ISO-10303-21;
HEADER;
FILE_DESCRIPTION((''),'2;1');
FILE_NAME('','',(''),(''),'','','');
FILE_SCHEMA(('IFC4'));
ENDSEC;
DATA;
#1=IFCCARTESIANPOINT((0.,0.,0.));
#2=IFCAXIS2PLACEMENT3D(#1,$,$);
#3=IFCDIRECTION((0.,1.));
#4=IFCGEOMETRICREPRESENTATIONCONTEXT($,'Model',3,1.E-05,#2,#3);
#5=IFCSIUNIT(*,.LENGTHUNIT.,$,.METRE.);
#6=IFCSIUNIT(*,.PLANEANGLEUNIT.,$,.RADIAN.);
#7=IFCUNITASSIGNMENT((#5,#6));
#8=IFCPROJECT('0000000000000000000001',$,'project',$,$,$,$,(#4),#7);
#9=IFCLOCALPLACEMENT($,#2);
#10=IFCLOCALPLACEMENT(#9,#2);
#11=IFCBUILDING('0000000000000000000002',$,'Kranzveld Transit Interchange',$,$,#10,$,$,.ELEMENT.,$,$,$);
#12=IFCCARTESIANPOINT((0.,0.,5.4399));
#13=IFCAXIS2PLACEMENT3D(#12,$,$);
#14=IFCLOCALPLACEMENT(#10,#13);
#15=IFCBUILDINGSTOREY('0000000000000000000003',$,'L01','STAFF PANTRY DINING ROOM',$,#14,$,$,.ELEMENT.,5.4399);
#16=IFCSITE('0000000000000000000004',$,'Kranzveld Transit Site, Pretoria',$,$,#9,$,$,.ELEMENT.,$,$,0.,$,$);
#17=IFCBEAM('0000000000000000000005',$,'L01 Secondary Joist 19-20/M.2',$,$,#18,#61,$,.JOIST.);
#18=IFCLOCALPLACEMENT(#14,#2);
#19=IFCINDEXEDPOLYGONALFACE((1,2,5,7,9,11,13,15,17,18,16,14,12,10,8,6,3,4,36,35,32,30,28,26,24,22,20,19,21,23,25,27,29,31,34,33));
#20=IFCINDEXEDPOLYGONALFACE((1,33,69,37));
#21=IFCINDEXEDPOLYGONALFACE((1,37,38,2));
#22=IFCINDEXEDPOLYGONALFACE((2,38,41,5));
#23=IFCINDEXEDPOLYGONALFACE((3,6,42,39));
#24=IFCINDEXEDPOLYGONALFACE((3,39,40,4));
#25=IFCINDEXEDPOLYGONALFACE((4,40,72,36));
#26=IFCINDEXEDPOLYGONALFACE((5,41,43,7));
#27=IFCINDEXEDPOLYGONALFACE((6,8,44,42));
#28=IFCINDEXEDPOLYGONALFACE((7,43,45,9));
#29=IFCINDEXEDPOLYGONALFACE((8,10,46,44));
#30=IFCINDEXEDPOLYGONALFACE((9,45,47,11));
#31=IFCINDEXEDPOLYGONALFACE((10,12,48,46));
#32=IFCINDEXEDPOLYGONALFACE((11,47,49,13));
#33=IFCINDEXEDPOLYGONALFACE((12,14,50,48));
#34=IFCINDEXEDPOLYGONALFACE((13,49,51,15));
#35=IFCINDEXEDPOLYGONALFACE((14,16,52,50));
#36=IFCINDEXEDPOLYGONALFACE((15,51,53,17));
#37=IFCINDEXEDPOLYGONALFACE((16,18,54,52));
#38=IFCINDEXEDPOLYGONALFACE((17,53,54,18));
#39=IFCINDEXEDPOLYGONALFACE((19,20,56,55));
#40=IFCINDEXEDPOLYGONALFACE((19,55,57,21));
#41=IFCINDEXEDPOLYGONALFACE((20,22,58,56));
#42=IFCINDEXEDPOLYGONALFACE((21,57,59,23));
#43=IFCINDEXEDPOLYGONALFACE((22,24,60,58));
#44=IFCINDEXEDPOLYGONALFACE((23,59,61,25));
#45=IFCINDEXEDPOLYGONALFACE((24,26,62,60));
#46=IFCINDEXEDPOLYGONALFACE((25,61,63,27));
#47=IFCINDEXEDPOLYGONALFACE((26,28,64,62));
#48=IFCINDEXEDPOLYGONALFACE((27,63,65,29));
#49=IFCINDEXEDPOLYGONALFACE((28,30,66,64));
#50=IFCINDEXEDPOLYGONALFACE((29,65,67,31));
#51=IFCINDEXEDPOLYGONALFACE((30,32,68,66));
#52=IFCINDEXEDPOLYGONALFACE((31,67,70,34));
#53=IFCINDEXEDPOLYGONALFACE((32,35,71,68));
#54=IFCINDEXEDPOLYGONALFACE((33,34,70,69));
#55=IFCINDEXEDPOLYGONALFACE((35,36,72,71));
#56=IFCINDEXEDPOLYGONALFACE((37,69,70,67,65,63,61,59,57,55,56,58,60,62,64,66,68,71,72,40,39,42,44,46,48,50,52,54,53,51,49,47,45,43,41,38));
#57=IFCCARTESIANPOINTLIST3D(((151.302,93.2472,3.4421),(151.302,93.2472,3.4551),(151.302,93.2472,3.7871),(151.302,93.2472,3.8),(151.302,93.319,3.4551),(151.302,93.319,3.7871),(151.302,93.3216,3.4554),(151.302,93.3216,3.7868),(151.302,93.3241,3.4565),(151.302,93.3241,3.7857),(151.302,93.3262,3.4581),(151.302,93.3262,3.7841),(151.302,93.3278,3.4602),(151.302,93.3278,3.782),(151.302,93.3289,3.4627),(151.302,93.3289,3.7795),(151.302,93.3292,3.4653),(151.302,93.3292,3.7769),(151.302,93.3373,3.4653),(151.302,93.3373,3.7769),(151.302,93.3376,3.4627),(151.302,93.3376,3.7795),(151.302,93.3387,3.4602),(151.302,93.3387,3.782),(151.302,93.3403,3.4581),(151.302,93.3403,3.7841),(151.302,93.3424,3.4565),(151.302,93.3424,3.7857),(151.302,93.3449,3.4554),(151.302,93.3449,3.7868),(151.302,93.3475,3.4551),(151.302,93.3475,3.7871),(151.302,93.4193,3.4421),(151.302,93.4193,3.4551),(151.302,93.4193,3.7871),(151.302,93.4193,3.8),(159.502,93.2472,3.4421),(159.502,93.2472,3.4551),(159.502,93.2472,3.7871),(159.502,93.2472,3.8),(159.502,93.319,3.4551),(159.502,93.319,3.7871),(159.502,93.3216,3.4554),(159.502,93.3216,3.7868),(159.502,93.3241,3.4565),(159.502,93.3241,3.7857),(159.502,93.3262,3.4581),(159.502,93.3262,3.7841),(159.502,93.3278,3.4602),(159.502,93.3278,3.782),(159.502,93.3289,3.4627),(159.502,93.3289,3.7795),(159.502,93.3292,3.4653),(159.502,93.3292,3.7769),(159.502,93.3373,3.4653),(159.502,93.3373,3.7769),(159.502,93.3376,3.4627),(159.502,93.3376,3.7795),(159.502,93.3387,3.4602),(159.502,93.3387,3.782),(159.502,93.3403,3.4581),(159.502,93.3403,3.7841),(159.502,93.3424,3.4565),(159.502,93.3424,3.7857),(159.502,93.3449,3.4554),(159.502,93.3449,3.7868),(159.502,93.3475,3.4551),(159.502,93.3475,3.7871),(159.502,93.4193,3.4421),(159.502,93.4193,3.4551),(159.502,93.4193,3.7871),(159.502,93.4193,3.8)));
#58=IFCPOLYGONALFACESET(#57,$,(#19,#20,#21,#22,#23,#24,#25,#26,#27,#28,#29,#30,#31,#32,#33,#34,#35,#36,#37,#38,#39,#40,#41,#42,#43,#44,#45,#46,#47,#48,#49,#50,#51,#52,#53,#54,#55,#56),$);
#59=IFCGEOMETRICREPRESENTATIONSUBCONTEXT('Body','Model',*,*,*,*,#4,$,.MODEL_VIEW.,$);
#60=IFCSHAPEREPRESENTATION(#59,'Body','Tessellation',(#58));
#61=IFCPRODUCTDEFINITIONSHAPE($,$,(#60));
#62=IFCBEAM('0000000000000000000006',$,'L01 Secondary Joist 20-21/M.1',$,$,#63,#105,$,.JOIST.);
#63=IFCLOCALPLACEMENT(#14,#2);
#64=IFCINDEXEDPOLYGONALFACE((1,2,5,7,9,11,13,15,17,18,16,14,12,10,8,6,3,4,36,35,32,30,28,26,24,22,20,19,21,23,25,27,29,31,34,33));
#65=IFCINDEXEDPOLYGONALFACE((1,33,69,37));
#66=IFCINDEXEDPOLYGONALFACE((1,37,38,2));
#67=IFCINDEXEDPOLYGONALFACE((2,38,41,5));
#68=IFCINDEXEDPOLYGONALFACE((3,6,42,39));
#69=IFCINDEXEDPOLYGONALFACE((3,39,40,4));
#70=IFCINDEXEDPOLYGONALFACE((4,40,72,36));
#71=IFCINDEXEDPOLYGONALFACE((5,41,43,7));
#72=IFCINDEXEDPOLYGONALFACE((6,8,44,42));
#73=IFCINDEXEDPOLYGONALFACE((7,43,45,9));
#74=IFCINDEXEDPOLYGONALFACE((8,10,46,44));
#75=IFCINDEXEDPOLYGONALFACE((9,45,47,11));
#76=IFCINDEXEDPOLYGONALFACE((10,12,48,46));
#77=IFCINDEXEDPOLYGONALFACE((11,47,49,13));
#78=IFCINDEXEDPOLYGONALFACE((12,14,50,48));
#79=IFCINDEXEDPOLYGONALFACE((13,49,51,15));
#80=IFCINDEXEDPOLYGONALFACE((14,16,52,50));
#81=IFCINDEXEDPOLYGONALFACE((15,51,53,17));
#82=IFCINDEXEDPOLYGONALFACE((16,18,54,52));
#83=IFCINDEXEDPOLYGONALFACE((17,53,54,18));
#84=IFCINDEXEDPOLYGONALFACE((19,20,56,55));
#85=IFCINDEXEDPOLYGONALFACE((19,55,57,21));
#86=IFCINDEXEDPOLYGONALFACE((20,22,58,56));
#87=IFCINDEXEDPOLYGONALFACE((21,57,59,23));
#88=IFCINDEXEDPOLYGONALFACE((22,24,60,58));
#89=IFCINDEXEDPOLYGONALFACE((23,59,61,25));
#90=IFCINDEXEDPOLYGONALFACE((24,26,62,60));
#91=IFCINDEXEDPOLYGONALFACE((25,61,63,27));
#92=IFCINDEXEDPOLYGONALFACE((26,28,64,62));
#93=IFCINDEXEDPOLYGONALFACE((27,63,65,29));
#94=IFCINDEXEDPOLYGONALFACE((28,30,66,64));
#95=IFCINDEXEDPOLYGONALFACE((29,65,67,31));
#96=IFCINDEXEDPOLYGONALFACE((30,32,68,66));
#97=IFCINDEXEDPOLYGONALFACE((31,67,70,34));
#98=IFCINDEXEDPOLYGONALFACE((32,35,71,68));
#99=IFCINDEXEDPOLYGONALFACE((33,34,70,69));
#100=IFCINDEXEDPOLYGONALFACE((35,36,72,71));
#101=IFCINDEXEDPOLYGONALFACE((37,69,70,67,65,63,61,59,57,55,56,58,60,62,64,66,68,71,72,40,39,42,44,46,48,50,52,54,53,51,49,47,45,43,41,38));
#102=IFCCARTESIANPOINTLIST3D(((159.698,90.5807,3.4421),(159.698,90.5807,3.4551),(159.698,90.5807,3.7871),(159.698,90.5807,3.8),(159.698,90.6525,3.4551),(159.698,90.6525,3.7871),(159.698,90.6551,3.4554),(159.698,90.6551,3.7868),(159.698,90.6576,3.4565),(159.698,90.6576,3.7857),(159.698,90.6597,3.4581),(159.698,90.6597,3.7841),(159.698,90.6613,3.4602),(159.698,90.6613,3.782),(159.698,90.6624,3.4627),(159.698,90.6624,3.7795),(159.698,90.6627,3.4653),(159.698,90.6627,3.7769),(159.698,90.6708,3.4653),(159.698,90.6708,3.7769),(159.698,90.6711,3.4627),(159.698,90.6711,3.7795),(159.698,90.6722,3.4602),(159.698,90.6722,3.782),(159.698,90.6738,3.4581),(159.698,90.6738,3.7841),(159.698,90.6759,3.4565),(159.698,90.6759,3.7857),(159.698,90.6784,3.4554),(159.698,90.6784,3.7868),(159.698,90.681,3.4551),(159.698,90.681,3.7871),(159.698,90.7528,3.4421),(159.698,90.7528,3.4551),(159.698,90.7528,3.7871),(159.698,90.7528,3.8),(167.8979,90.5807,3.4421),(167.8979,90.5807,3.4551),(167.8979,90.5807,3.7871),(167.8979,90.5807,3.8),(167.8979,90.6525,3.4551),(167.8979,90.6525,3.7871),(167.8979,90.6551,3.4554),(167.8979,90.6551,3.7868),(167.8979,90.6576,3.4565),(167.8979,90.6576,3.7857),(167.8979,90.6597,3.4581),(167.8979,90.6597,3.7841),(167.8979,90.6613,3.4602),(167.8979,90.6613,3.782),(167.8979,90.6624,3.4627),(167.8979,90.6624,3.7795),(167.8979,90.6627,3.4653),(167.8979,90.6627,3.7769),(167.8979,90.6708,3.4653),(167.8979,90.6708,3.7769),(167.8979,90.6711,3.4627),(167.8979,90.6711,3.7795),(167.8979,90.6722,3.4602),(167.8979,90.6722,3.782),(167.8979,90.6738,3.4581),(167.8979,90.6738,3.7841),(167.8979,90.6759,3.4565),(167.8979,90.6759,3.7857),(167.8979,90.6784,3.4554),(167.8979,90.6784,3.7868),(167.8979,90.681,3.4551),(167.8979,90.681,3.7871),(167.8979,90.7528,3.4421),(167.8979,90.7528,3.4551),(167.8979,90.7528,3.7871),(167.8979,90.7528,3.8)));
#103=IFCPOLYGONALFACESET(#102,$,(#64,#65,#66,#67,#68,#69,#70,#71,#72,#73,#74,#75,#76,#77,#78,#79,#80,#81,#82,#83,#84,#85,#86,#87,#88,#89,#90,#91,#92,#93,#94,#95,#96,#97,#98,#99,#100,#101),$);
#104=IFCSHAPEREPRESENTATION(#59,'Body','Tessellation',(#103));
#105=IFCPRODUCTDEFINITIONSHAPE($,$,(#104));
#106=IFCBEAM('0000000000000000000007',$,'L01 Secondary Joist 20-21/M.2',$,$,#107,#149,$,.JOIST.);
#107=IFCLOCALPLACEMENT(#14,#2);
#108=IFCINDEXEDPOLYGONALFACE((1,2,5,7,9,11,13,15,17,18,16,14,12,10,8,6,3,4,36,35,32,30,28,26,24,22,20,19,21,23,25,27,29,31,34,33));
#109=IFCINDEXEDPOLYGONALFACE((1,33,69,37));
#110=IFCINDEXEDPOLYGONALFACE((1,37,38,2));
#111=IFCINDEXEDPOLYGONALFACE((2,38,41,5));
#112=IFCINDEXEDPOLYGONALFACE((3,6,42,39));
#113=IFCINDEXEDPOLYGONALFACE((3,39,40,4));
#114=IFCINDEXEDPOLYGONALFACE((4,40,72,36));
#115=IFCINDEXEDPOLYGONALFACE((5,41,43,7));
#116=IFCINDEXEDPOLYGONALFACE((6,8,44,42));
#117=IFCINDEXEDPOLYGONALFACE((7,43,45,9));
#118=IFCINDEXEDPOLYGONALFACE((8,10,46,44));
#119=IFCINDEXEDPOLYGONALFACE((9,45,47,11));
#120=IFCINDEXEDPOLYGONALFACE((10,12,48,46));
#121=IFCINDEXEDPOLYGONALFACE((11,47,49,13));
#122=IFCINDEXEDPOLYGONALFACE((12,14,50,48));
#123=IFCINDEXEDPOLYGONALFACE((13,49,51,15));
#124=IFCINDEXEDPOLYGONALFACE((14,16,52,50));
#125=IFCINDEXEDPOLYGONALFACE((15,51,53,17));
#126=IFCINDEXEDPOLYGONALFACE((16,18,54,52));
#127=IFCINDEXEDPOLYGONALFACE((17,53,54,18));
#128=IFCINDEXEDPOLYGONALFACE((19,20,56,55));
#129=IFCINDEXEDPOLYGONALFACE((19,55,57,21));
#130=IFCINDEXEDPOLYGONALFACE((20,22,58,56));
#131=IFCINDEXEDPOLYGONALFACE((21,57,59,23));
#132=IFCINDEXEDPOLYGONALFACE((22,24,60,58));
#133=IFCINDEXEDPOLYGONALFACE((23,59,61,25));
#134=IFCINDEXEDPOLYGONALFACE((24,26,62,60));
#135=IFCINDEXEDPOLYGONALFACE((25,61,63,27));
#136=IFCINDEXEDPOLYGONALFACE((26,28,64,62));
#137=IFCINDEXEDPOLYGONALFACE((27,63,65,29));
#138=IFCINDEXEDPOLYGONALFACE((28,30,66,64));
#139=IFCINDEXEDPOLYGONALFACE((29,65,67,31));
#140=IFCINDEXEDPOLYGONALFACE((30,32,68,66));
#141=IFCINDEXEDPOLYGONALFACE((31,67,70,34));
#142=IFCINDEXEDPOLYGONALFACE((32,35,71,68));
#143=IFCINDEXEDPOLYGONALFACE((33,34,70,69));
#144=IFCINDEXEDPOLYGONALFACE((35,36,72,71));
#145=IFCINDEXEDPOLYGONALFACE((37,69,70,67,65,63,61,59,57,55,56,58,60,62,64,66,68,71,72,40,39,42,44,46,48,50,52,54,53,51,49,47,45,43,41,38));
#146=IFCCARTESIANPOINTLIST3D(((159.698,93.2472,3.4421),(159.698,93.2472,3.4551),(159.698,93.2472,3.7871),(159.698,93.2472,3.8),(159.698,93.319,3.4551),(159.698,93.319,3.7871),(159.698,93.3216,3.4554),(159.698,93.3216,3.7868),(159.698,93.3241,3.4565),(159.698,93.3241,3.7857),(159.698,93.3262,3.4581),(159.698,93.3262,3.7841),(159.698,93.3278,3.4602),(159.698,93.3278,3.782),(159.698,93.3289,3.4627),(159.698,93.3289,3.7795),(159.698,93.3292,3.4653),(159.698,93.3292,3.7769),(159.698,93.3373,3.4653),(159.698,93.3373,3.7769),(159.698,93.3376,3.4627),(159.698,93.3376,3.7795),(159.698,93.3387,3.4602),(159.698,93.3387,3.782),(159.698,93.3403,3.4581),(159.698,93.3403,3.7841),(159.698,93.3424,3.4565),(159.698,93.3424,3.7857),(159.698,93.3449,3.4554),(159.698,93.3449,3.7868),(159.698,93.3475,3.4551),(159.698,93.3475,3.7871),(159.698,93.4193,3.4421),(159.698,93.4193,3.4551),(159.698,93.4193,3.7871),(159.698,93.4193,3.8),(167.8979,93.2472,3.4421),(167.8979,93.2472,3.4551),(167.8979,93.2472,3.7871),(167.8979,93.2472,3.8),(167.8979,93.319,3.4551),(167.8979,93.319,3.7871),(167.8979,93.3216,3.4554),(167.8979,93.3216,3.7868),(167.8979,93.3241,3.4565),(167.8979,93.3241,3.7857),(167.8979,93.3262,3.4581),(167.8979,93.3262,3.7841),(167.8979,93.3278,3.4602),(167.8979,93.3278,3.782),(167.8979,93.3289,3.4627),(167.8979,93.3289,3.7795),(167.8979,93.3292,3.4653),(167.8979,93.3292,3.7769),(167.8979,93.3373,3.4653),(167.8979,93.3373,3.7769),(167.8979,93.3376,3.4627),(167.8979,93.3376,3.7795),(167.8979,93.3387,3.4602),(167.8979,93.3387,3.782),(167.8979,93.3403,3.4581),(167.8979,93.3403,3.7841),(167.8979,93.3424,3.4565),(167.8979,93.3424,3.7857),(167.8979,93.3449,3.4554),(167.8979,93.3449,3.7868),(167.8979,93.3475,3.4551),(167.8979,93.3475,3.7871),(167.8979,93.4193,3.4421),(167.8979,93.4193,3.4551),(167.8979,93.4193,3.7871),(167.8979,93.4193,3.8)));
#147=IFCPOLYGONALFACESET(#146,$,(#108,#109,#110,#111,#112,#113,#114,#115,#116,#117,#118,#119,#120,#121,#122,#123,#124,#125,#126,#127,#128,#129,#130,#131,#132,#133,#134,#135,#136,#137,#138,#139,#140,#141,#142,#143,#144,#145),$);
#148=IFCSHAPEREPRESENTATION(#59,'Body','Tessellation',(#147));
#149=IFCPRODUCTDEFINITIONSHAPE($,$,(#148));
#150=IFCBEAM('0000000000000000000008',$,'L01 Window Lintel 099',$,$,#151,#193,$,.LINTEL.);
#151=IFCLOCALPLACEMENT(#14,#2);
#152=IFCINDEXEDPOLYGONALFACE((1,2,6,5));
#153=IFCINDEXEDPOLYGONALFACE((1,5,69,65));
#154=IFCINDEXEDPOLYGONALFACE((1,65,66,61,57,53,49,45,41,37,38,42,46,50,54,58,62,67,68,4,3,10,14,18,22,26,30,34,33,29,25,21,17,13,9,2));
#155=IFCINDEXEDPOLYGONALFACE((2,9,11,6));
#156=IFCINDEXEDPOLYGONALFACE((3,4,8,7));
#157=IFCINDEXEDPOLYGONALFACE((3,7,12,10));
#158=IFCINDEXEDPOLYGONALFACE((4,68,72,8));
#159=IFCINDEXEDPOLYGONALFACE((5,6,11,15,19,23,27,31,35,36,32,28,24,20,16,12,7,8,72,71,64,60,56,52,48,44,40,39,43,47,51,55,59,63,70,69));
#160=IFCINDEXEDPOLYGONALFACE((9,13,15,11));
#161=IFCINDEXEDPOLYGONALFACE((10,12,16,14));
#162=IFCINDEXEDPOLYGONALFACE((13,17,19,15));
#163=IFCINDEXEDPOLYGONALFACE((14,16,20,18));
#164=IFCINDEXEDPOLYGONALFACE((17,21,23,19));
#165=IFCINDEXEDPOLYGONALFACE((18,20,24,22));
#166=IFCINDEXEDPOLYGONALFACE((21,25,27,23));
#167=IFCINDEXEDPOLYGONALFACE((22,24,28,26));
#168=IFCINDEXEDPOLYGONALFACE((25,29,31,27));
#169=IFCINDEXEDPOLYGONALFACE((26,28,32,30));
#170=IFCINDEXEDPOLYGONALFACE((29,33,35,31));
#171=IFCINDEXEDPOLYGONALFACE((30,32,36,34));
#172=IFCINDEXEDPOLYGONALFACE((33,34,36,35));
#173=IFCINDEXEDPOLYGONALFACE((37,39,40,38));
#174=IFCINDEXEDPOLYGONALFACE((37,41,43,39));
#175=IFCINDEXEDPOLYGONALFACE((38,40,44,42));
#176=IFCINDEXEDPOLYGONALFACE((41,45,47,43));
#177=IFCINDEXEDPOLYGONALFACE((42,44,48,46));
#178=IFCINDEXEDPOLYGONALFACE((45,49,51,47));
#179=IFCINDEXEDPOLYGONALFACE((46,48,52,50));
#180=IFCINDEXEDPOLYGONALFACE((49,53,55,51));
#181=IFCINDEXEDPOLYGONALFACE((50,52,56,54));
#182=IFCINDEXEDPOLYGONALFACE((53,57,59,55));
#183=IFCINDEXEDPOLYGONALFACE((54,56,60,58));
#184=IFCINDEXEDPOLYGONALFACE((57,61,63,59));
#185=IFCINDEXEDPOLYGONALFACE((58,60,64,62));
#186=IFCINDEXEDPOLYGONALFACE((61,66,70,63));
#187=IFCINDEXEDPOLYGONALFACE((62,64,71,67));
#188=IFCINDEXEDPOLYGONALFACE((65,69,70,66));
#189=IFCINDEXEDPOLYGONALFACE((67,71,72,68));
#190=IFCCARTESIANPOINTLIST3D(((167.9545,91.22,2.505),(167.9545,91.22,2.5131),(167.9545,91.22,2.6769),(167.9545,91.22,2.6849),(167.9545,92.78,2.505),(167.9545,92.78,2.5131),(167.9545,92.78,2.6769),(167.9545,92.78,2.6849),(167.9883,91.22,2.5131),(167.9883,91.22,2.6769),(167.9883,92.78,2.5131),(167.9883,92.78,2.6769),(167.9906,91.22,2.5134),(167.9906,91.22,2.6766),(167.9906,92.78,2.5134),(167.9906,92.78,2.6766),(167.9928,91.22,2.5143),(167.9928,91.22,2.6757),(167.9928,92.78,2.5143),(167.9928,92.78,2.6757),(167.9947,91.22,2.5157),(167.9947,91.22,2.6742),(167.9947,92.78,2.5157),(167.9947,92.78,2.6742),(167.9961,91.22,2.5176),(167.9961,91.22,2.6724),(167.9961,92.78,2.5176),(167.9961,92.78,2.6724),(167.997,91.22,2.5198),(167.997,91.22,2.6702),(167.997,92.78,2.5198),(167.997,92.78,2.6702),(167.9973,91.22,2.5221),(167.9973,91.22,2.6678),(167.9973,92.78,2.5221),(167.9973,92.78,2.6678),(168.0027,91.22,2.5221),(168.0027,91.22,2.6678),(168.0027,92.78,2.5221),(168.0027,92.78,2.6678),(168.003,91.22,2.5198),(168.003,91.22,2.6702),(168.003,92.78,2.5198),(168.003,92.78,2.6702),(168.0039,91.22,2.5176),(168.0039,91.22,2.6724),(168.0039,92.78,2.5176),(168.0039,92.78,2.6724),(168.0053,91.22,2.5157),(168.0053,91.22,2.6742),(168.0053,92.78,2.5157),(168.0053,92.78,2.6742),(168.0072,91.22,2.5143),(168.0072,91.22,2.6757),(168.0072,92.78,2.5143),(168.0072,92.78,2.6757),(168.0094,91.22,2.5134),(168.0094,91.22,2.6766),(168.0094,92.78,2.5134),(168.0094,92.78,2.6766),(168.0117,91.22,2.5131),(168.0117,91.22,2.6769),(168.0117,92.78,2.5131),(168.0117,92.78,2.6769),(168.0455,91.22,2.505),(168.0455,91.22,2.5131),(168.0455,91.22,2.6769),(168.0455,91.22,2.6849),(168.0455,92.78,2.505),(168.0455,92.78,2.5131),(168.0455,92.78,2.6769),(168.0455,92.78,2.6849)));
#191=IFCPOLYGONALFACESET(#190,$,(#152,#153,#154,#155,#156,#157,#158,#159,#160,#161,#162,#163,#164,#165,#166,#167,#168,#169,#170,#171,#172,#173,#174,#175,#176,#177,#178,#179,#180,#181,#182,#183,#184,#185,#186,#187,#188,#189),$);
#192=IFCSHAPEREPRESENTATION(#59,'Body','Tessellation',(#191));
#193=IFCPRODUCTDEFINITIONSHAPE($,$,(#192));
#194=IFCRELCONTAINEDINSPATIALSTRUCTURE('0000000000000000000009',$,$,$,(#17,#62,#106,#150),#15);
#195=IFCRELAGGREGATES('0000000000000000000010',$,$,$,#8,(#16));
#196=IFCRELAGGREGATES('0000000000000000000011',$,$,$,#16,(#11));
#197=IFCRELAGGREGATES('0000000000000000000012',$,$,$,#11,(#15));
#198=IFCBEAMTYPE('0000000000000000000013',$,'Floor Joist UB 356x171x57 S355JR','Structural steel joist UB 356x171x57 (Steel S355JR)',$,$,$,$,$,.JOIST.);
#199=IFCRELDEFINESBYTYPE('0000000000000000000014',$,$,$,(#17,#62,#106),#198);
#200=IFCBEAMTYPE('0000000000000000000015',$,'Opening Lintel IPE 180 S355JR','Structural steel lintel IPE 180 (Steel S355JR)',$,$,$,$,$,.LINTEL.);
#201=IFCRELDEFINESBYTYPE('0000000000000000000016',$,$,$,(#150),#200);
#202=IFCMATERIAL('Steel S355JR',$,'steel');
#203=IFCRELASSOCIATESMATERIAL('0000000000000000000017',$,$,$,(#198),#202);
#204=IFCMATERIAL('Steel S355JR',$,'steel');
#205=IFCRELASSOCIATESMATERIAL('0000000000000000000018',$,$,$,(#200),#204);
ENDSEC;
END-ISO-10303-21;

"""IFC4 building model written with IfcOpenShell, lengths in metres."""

from ifc_helpers import new_model, si_unit, direction, frame, origin, origin_2d, place, context, subcontext, project, spatial, i_section, extrude, material, material_profile, profile_set, type_object, element, save


model = new_model("IFC4")

# Units and contexts
model_context = context("Model", 3, precision=1e-05, world=origin(), true_north=direction((0.0, 1.0)))
body_context = subcontext(model_context, "Body", "Model", "MODEL_VIEW")
ifc_project = project(units=[si_unit("LENGTHUNIT", "METRE"), si_unit("PLANEANGLEUNIT", "RADIAN")], contexts=[model_context])

# Site, building, storey
site_placement = place(None, origin())
site = spatial("IfcSite", under=ifc_project, at=site_placement, Name="Kranzveld Transit Site, Pretoria", CompositionType="ELEMENT", RefElevation=0.0)
building_placement = place(site_placement, origin())
building = spatial("IfcBuilding", under=site, at=building_placement, Name="Kranzveld Transit Interchange", CompositionType="ELEMENT")
storey_placement = place(building_placement, frame((0.0, 0.0, 5.4399)))
storey = spatial("IfcBuildingStorey", under=building, at=storey_placement, Name="L01", Description="STAFF PANTRY DINING ROOM", CompositionType="ELEMENT", Elevation=5.4399)

# Beams
ifc_material_1 = material(Name="Steel S355JR", Category="steel")
ifc_material_profile_1 = material_profile(ifc_material_1, i_section(OverallWidth=0.1721, OverallDepth=0.3579, WebThickness=0.0081, FlangeThickness=0.0129, FilletRadius=0.0103, at=origin_2d()), Name="UB 356x171x57")
ifc_profile_set_1 = profile_set([ifc_material_profile_1], Name="Steel S355JR")
beam_type_1 = type_object("IfcBeamType", Name="Floor Joist UB 356x171x57 S355JR", Description="Structural steel joist UB 356x171x57 (Steel S355JR)", PredefinedType="JOIST", material=ifc_profile_set_1)
for number, where, z_axis, x_axis, name in (
    (1, (151.302, 93.3333, 3.6211), (1.0, 0.0, 0.0), (0.0, 1.0, 0.0), "L01 Secondary Joist 19-20/M.2"),
    (2, (159.698, 90.6667, 3.6211), (1.0, 0.0, 0.0), (0.0, 1.0, 0.0), "L01 Secondary Joist 20-21/M.1"),
    (3, (159.698, 93.3333, 3.6211), (1.0, 0.0, 0.0), (0.0, 1.0, 0.0), "L01 Secondary Joist 20-21/M.2"),
):
    element("IfcBeam", number, at=place(storey_placement, frame(where, z_axis=z_axis, x_axis=x_axis)), inside=storey, type_object=beam_type_1, Name=name, PredefinedType="JOIST", context=body_context, shape_type="SweptSolid", body=[
        extrude(i_section(OverallWidth=0.1721, OverallDepth=0.3579, WebThickness=0.0081, FlangeThickness=0.0129, FilletRadius=0.0103, at=origin_2d()), origin(), (0.0, 0.0, 1.0), 8.2),
    ])
ifc_material_2 = material(Name="Steel S355JR", Category="steel")
ifc_material_profile_2 = material_profile(ifc_material_2, i_section(OverallWidth=0.0911, OverallDepth=0.1799, WebThickness=0.0054, FlangeThickness=0.0081, FilletRadius=0.009, at=origin_2d()), Name="IPE 180")
ifc_profile_set_2 = profile_set([ifc_material_profile_2], Name="Steel S355JR")
beam_type_2 = type_object("IfcBeamType", Name="Opening Lintel IPE 180 S355JR", Description="Structural steel lintel IPE 180 (Steel S355JR)", PredefinedType="LINTEL", material=ifc_profile_set_2)
beam_placement = place(storey_placement, frame((168.0, 91.22, 2.595), z_axis=(0.0, 1.0, 0.0), x_axis=(-1.0, 0.0, 0.0)))
element("IfcBeam", 4, at=beam_placement, inside=storey, type_object=beam_type_2, Name="L01 Window Lintel 099", PredefinedType="LINTEL", context=body_context, shape_type="SweptSolid", body=[
    extrude(i_section(OverallWidth=0.0911, OverallDepth=0.1799, WebThickness=0.0054, FlangeThickness=0.0081, FilletRadius=0.009, at=origin_2d()), origin(), (0.0, 0.0, 1.0), 1.5601),
])

save(model, "model.ifc")
